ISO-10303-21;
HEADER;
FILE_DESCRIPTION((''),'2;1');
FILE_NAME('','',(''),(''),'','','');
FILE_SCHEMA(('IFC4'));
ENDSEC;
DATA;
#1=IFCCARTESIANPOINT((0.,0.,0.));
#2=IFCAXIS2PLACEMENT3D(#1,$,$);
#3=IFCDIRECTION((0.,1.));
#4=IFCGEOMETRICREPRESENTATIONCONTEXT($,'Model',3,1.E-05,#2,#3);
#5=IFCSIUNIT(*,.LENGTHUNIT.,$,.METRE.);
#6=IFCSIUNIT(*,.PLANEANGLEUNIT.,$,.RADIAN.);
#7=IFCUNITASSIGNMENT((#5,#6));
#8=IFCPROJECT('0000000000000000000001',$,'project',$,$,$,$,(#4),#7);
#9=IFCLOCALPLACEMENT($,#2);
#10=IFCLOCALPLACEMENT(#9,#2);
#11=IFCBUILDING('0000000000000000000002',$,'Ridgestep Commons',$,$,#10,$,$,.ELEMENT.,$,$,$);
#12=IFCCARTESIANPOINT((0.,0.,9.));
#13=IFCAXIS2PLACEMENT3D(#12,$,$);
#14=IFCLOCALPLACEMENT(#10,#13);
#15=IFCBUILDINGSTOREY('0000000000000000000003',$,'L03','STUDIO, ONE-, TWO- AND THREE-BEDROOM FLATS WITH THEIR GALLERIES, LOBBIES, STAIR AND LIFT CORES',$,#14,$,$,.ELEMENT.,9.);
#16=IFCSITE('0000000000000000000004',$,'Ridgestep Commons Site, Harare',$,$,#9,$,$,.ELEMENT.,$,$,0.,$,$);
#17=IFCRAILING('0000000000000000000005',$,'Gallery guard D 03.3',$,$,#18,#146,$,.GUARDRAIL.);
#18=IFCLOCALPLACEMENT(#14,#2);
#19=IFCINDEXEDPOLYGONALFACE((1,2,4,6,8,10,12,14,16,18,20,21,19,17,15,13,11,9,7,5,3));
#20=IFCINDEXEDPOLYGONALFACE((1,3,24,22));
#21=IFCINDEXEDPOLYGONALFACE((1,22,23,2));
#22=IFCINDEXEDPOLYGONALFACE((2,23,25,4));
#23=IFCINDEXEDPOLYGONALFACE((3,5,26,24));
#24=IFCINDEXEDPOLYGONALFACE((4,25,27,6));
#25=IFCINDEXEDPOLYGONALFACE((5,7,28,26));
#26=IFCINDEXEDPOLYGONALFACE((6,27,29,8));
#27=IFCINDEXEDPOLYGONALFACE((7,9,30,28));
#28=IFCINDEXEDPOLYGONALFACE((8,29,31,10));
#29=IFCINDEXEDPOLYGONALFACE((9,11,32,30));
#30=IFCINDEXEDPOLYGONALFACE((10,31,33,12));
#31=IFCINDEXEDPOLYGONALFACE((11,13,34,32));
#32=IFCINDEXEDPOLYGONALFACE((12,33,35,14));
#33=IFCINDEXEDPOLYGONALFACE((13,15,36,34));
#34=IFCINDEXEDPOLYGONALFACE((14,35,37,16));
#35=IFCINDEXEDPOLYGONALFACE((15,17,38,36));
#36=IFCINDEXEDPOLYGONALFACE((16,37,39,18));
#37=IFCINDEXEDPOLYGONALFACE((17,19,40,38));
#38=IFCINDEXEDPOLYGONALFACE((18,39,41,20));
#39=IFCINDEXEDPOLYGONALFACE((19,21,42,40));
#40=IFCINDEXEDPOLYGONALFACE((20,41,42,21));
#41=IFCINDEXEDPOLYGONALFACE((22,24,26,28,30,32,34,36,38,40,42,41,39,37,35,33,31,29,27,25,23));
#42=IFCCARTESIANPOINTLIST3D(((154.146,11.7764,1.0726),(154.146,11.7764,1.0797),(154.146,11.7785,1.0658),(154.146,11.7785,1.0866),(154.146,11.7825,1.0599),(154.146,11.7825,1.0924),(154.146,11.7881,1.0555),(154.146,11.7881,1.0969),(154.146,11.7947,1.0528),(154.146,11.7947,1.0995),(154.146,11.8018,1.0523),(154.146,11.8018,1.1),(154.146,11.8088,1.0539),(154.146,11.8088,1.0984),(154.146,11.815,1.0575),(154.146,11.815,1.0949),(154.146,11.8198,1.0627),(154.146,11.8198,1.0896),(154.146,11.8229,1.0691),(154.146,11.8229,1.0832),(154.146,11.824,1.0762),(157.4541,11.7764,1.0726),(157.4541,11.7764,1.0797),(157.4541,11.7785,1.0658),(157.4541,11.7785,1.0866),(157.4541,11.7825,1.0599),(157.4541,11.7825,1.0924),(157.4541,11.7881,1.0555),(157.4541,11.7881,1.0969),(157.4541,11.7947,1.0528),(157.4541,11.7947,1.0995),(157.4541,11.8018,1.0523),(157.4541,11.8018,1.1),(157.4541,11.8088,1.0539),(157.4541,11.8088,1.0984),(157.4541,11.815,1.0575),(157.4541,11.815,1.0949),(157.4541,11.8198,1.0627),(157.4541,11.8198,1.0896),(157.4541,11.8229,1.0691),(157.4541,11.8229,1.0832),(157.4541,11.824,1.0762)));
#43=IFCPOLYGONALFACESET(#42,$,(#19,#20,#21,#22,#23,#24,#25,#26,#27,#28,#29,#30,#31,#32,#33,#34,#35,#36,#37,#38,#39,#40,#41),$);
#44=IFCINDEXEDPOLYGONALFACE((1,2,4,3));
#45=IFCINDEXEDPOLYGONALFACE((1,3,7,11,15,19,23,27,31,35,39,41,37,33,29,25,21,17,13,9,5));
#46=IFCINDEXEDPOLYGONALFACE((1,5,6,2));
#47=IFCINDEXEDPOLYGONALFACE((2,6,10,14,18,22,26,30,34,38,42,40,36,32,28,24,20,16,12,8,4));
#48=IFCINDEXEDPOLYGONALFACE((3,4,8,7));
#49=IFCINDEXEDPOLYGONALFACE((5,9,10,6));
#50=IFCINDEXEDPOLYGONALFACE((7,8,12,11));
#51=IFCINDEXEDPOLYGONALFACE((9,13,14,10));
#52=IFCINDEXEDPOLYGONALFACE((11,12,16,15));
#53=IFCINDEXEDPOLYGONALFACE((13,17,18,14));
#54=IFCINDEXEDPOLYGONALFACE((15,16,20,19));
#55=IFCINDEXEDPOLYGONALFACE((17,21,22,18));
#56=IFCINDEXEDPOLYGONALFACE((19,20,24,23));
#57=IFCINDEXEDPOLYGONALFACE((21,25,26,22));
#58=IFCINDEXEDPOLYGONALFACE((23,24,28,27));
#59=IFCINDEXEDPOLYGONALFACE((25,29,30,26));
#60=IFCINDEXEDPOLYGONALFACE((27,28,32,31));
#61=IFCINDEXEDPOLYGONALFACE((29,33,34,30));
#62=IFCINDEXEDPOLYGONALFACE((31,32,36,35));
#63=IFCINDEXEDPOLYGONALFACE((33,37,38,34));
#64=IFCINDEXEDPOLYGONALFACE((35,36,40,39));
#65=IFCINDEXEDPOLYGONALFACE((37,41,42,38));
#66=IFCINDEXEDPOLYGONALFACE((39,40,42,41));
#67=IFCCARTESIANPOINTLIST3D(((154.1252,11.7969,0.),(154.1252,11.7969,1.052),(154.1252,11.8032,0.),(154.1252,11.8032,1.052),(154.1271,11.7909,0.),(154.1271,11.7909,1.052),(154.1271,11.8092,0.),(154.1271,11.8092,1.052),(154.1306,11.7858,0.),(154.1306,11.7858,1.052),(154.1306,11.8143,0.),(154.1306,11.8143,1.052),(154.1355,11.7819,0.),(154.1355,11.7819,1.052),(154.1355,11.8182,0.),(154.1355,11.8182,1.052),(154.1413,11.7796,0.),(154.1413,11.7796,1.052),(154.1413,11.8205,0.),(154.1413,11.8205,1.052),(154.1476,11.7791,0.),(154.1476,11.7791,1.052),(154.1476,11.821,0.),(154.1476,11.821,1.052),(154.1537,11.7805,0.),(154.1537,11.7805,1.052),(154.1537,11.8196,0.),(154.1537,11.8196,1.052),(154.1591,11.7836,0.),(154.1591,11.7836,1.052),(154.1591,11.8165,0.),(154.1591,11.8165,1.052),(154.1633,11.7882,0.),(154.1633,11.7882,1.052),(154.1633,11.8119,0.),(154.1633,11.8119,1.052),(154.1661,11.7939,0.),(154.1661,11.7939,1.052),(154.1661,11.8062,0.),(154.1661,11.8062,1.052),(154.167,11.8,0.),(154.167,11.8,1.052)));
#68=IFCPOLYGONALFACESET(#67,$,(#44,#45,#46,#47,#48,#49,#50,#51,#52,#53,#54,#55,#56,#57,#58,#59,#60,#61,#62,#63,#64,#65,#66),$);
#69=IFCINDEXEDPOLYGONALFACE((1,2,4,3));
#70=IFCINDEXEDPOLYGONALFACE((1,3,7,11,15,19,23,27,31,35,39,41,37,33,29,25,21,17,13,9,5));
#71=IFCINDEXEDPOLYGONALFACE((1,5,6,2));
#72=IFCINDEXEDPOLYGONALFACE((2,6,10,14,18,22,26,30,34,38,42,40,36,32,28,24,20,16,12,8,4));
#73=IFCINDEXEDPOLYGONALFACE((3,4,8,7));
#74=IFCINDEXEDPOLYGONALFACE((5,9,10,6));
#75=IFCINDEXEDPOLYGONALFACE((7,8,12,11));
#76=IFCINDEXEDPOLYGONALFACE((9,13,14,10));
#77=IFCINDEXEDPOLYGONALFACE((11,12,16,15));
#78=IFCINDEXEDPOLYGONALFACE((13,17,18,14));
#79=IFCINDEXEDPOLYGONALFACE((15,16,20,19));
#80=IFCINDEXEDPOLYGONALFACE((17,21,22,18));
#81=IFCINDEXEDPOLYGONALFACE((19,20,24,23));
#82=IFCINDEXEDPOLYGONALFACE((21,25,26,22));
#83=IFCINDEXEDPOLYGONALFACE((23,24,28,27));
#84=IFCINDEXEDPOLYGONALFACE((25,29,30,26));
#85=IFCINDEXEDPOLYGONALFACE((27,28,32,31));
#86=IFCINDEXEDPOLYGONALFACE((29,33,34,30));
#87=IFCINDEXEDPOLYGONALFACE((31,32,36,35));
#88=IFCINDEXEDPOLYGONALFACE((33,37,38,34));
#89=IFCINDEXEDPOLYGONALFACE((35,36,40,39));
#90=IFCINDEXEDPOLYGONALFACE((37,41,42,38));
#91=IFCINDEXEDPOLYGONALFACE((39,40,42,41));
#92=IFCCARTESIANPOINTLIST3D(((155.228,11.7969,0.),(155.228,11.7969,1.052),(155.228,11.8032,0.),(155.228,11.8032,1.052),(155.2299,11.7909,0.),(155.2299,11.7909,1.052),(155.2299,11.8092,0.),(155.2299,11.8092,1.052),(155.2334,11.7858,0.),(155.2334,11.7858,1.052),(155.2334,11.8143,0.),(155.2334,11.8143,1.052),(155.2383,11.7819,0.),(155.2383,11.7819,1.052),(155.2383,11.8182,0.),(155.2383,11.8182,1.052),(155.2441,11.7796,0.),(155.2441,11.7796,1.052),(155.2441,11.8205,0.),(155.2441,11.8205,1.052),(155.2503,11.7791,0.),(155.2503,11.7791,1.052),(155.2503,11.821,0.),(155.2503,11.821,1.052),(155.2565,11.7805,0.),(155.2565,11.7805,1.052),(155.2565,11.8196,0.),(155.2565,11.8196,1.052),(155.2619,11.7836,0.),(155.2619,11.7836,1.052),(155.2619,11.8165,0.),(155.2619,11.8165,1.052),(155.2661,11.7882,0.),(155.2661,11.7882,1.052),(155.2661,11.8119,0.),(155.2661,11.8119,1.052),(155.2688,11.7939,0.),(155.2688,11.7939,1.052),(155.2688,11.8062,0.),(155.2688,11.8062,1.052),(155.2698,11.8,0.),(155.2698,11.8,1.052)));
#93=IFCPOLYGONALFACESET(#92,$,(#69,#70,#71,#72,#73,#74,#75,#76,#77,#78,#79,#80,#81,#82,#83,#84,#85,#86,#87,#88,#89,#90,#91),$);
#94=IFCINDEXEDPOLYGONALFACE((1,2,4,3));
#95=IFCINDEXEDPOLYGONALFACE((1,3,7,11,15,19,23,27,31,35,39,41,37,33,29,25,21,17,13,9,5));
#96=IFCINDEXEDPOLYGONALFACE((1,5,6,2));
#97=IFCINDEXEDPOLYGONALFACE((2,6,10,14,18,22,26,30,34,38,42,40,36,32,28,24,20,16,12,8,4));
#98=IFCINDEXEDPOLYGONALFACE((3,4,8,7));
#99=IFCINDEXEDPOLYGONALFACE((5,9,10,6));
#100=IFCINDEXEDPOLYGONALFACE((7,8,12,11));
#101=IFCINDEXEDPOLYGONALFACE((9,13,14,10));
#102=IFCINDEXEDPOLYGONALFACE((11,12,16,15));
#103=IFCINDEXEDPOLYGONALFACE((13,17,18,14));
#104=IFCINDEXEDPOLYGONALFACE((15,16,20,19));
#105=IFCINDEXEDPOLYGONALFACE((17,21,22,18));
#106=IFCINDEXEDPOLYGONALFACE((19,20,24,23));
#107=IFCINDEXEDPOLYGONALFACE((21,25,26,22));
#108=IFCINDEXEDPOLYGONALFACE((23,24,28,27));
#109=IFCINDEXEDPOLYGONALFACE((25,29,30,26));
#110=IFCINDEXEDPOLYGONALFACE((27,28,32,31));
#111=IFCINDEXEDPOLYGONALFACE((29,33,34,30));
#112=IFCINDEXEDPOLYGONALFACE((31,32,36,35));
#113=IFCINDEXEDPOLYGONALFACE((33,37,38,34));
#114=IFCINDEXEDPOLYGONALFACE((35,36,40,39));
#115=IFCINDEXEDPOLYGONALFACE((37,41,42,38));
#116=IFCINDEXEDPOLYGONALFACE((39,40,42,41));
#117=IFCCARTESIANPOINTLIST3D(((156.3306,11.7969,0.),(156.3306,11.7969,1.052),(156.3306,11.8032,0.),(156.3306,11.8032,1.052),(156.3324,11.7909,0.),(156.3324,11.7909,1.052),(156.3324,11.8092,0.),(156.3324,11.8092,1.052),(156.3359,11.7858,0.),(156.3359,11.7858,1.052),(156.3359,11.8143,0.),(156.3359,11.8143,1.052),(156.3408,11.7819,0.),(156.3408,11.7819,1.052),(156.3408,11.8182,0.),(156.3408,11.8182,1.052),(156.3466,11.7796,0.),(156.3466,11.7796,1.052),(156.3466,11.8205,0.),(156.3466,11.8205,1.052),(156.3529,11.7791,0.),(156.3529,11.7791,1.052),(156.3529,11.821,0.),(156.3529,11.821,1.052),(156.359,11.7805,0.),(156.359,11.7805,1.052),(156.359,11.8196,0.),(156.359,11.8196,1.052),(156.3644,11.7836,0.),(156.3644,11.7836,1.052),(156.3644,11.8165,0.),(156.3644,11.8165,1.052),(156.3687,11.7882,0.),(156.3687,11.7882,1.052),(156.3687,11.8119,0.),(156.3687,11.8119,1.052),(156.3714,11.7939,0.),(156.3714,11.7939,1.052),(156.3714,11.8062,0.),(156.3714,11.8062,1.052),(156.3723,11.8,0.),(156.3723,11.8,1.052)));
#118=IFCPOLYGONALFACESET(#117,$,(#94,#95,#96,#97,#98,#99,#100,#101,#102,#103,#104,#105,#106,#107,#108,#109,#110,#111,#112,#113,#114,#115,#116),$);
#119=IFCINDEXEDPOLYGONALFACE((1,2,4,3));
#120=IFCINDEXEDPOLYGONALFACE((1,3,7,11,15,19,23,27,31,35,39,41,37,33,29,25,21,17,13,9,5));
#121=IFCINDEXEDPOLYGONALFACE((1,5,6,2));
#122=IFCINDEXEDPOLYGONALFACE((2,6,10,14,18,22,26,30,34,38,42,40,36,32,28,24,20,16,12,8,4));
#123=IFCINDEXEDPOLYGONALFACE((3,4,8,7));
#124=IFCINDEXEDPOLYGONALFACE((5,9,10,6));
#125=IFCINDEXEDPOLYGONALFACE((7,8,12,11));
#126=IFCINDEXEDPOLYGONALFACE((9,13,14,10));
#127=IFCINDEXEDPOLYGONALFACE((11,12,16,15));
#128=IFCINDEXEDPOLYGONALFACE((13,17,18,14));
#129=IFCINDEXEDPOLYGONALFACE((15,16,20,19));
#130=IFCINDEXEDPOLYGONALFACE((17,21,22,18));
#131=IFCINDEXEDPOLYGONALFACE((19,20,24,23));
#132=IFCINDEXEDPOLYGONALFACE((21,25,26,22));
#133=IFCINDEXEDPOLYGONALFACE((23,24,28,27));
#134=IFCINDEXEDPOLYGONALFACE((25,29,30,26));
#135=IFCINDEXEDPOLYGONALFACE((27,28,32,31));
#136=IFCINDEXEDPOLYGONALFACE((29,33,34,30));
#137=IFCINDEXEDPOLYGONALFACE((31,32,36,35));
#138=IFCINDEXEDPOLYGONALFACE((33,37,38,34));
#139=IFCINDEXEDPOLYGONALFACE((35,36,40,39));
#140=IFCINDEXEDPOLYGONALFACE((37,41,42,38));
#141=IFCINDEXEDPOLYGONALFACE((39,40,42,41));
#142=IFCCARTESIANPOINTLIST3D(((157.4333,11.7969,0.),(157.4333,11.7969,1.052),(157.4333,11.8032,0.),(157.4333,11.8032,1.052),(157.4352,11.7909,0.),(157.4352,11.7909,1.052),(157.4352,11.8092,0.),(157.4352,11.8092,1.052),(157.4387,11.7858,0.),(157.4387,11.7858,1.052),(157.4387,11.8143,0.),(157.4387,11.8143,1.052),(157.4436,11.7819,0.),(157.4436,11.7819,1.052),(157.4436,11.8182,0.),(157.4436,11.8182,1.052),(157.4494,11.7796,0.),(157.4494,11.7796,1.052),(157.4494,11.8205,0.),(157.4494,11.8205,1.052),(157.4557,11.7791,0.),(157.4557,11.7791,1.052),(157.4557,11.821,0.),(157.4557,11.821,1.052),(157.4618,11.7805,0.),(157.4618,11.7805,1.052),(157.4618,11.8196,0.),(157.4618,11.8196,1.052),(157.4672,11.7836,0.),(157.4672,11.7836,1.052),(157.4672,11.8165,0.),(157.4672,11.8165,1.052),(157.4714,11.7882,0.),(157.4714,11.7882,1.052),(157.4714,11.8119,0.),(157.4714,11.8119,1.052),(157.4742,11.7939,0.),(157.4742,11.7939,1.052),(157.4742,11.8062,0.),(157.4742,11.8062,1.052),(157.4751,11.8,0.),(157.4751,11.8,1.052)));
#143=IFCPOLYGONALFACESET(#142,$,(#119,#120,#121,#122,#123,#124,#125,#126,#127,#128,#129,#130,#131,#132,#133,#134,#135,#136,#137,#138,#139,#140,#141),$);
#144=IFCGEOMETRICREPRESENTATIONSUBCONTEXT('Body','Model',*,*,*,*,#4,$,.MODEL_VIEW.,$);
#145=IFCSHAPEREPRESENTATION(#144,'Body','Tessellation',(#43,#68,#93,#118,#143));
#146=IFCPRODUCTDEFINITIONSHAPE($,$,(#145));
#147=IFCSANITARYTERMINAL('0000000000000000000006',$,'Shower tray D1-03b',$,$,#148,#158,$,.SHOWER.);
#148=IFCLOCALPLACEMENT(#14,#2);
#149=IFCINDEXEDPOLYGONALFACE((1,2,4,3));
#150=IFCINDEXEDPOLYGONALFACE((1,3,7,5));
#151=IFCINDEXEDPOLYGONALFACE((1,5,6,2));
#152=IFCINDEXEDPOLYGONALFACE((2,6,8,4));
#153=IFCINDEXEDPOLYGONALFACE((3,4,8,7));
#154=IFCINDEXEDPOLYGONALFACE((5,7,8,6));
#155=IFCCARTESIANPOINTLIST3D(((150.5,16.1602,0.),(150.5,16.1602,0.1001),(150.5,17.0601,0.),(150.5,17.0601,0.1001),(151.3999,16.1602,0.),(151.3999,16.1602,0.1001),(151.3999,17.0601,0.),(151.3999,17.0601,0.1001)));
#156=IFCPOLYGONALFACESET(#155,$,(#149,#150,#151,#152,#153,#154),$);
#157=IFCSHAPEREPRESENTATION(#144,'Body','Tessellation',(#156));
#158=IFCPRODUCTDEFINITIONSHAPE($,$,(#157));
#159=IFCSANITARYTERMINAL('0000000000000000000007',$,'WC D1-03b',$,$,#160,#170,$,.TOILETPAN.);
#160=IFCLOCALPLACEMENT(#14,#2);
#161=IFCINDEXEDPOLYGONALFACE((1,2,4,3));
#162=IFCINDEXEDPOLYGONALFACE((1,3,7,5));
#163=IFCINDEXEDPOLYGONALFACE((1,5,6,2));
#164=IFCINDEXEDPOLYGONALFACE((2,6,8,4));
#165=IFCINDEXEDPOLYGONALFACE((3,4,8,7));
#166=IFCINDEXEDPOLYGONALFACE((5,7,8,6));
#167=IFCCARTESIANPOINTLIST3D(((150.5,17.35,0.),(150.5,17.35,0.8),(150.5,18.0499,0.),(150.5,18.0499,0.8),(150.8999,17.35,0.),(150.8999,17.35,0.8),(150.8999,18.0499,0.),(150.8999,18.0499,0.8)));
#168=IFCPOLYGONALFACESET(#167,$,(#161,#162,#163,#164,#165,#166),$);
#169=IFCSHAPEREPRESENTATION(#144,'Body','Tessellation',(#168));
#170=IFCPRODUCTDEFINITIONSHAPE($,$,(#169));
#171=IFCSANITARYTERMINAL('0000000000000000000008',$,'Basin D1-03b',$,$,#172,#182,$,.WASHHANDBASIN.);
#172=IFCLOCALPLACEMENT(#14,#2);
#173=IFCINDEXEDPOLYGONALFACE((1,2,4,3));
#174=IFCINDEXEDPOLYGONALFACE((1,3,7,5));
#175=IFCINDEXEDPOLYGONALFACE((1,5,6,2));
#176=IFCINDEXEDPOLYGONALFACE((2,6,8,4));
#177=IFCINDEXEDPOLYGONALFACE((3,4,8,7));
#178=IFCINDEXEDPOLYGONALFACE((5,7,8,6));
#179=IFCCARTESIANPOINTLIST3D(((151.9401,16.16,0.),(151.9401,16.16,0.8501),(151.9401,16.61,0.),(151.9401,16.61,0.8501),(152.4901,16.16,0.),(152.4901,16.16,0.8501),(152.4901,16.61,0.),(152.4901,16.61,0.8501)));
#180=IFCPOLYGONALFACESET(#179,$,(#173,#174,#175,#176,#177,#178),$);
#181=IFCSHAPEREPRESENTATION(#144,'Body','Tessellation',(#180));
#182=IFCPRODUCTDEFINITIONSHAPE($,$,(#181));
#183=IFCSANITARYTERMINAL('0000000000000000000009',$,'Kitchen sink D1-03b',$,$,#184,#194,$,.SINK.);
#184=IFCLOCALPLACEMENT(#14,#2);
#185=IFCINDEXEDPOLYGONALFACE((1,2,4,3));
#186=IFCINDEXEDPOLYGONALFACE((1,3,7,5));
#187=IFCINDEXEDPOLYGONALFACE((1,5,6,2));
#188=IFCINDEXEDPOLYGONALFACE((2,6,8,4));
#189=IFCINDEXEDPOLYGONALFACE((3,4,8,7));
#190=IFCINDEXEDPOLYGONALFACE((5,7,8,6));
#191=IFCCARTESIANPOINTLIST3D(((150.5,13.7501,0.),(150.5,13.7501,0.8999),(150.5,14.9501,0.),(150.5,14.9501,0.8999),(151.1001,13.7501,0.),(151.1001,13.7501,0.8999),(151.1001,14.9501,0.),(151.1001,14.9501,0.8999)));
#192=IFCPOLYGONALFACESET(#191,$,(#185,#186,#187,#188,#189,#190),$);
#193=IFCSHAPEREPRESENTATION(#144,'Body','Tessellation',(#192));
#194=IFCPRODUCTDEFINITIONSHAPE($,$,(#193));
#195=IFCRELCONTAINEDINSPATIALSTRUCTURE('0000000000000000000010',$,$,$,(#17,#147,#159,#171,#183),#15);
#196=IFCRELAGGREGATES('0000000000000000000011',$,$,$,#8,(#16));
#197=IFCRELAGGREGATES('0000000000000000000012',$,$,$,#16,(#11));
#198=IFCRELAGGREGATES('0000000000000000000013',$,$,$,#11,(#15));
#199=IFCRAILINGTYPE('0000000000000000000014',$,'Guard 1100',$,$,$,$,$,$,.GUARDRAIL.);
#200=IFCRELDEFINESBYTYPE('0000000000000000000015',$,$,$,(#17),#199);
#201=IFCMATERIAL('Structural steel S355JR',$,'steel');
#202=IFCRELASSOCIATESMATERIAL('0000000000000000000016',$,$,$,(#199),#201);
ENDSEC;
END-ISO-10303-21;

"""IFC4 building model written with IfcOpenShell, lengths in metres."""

from ifc_helpers import new_model, si_unit, direction, frame, origin, origin_2d, place, context, subcontext, project, spatial, rectangle, circle, extrude, material, type_object, element, save


model = new_model("IFC4")

# Units and contexts
model_context = context("Model", 3, precision=1e-05, world=origin(), true_north=direction((0.0, 1.0)))
body_context = subcontext(model_context, "Body", "Model", "MODEL_VIEW")
ifc_project = project(units=[si_unit("LENGTHUNIT", "METRE"), si_unit("PLANEANGLEUNIT", "RADIAN")], contexts=[model_context])

# Site, building, storey
site_placement = place(None, origin())
site = spatial("IfcSite", under=ifc_project, at=site_placement, Name="Ridgestep Commons Site, Harare", CompositionType="ELEMENT", RefElevation=0.0)
building_placement = place(site_placement, origin())
building = spatial("IfcBuilding", under=site, at=building_placement, Name="Ridgestep Commons", CompositionType="ELEMENT")
storey_placement = place(building_placement, frame((0.0, 0.0, 9.0)))
storey = spatial("IfcBuildingStorey", under=building, at=storey_placement, Name="L03", Description="STUDIO, ONE-, TWO- AND THREE-BEDROOM FLATS WITH THEIR GALLERIES, LOBBIES, STAIR AND LIFT CORES", CompositionType="ELEMENT", Elevation=9.0)

# Railing
ifc_material_1 = material(Name="Structural steel S355JR", Category="steel")
railing_type = type_object("IfcRailingType", Name="Guard 1100", PredefinedType="GUARDRAIL", material=ifc_material_1)
for number, where, name in (
    (1, (154.146, 11.8, 0.0), "Gallery guard D 03.3"),
):
    element("IfcRailing", number, at=place(storey_placement, frame(where)), inside=storey, type_object=railing_type, Name=name, PredefinedType="GUARDRAIL", context=body_context, shape_type="SweptSolid", body=[
        extrude(circle(Radius=0.0239, at=origin_2d()), frame((0.0, 0.0, 1.0762), z_axis=(1.0, 0.0, 0.0), x_axis=(0.0, 1.0, 0.0)), (0.0, 0.0, 1.0), 3.3081),
        extrude(circle(Radius=0.021, at=origin_2d()), origin(), (0.0, 0.0, 1.0), 1.052),
        extrude(circle(Radius=0.021, at=origin_2d()), frame((1.1028, 0.0, 0.0)), (0.0, 0.0, 1.0), 1.052),
        extrude(circle(Radius=0.021, at=origin_2d()), frame((2.2053, 0.0, 0.0)), (0.0, 0.0, 1.0), 1.052),
        extrude(circle(Radius=0.021, at=origin_2d()), frame((3.3081, 0.0, 0.0)), (0.0, 0.0, 1.0), 1.052),
    ])

# Sanitary terminals
sanitary_terminal_1_placement = place(storey_placement, frame((150.95, 16.6101, 0.0), z_axis=(0.0, 0.0, 1.0), x_axis=(1.0, 0.0, 0.0)))
element("IfcSanitaryTerminal", 2, at=sanitary_terminal_1_placement, inside=storey, Name="Shower tray D1-03b", PredefinedType="SHOWER", context=body_context, shape_type="SweptSolid", body=[
    extrude(rectangle(XDim=0.8999, YDim=0.8999, at=origin_2d()), origin(), (0.0, 0.0, 1.0), 0.1001),
])
sanitary_terminal_2_placement = place(storey_placement, frame((150.7, 17.7, 0.0), z_axis=(0.0, 0.0, 1.0), x_axis=(1.0, 0.0, 0.0)))
element("IfcSanitaryTerminal", 3, at=sanitary_terminal_2_placement, inside=storey, Name="WC D1-03b", PredefinedType="TOILETPAN", context=body_context, shape_type="SweptSolid", body=[
    extrude(rectangle(XDim=0.3999, YDim=0.7, at=origin_2d()), origin(), (0.0, 0.0, 1.0), 0.8),
])
sanitary_terminal_3_placement = place(storey_placement, frame((152.2151, 16.385, 0.0), z_axis=(0.0, 0.0, 1.0), x_axis=(1.0, 0.0, 0.0)))
element("IfcSanitaryTerminal", 4, at=sanitary_terminal_3_placement, inside=storey, Name="Basin D1-03b", PredefinedType="WASHHANDBASIN", context=body_context, shape_type="SweptSolid", body=[
    extrude(rectangle(XDim=0.55, YDim=0.45, at=origin_2d()), origin(), (0.0, 0.0, 1.0), 0.8501),
])
sanitary_terminal_4_placement = place(storey_placement, frame((150.8, 14.3501, 0.0), z_axis=(0.0, 0.0, 1.0), x_axis=(1.0, 0.0, 0.0)))
element("IfcSanitaryTerminal", 5, at=sanitary_terminal_4_placement, inside=storey, Name="Kitchen sink D1-03b", PredefinedType="SINK", context=body_context, shape_type="SweptSolid", body=[
    extrude(rectangle(XDim=0.6001, YDim=1.2, at=origin_2d()), origin(), (0.0, 0.0, 1.0), 0.8999),
])

save(model, "model.ifc")
